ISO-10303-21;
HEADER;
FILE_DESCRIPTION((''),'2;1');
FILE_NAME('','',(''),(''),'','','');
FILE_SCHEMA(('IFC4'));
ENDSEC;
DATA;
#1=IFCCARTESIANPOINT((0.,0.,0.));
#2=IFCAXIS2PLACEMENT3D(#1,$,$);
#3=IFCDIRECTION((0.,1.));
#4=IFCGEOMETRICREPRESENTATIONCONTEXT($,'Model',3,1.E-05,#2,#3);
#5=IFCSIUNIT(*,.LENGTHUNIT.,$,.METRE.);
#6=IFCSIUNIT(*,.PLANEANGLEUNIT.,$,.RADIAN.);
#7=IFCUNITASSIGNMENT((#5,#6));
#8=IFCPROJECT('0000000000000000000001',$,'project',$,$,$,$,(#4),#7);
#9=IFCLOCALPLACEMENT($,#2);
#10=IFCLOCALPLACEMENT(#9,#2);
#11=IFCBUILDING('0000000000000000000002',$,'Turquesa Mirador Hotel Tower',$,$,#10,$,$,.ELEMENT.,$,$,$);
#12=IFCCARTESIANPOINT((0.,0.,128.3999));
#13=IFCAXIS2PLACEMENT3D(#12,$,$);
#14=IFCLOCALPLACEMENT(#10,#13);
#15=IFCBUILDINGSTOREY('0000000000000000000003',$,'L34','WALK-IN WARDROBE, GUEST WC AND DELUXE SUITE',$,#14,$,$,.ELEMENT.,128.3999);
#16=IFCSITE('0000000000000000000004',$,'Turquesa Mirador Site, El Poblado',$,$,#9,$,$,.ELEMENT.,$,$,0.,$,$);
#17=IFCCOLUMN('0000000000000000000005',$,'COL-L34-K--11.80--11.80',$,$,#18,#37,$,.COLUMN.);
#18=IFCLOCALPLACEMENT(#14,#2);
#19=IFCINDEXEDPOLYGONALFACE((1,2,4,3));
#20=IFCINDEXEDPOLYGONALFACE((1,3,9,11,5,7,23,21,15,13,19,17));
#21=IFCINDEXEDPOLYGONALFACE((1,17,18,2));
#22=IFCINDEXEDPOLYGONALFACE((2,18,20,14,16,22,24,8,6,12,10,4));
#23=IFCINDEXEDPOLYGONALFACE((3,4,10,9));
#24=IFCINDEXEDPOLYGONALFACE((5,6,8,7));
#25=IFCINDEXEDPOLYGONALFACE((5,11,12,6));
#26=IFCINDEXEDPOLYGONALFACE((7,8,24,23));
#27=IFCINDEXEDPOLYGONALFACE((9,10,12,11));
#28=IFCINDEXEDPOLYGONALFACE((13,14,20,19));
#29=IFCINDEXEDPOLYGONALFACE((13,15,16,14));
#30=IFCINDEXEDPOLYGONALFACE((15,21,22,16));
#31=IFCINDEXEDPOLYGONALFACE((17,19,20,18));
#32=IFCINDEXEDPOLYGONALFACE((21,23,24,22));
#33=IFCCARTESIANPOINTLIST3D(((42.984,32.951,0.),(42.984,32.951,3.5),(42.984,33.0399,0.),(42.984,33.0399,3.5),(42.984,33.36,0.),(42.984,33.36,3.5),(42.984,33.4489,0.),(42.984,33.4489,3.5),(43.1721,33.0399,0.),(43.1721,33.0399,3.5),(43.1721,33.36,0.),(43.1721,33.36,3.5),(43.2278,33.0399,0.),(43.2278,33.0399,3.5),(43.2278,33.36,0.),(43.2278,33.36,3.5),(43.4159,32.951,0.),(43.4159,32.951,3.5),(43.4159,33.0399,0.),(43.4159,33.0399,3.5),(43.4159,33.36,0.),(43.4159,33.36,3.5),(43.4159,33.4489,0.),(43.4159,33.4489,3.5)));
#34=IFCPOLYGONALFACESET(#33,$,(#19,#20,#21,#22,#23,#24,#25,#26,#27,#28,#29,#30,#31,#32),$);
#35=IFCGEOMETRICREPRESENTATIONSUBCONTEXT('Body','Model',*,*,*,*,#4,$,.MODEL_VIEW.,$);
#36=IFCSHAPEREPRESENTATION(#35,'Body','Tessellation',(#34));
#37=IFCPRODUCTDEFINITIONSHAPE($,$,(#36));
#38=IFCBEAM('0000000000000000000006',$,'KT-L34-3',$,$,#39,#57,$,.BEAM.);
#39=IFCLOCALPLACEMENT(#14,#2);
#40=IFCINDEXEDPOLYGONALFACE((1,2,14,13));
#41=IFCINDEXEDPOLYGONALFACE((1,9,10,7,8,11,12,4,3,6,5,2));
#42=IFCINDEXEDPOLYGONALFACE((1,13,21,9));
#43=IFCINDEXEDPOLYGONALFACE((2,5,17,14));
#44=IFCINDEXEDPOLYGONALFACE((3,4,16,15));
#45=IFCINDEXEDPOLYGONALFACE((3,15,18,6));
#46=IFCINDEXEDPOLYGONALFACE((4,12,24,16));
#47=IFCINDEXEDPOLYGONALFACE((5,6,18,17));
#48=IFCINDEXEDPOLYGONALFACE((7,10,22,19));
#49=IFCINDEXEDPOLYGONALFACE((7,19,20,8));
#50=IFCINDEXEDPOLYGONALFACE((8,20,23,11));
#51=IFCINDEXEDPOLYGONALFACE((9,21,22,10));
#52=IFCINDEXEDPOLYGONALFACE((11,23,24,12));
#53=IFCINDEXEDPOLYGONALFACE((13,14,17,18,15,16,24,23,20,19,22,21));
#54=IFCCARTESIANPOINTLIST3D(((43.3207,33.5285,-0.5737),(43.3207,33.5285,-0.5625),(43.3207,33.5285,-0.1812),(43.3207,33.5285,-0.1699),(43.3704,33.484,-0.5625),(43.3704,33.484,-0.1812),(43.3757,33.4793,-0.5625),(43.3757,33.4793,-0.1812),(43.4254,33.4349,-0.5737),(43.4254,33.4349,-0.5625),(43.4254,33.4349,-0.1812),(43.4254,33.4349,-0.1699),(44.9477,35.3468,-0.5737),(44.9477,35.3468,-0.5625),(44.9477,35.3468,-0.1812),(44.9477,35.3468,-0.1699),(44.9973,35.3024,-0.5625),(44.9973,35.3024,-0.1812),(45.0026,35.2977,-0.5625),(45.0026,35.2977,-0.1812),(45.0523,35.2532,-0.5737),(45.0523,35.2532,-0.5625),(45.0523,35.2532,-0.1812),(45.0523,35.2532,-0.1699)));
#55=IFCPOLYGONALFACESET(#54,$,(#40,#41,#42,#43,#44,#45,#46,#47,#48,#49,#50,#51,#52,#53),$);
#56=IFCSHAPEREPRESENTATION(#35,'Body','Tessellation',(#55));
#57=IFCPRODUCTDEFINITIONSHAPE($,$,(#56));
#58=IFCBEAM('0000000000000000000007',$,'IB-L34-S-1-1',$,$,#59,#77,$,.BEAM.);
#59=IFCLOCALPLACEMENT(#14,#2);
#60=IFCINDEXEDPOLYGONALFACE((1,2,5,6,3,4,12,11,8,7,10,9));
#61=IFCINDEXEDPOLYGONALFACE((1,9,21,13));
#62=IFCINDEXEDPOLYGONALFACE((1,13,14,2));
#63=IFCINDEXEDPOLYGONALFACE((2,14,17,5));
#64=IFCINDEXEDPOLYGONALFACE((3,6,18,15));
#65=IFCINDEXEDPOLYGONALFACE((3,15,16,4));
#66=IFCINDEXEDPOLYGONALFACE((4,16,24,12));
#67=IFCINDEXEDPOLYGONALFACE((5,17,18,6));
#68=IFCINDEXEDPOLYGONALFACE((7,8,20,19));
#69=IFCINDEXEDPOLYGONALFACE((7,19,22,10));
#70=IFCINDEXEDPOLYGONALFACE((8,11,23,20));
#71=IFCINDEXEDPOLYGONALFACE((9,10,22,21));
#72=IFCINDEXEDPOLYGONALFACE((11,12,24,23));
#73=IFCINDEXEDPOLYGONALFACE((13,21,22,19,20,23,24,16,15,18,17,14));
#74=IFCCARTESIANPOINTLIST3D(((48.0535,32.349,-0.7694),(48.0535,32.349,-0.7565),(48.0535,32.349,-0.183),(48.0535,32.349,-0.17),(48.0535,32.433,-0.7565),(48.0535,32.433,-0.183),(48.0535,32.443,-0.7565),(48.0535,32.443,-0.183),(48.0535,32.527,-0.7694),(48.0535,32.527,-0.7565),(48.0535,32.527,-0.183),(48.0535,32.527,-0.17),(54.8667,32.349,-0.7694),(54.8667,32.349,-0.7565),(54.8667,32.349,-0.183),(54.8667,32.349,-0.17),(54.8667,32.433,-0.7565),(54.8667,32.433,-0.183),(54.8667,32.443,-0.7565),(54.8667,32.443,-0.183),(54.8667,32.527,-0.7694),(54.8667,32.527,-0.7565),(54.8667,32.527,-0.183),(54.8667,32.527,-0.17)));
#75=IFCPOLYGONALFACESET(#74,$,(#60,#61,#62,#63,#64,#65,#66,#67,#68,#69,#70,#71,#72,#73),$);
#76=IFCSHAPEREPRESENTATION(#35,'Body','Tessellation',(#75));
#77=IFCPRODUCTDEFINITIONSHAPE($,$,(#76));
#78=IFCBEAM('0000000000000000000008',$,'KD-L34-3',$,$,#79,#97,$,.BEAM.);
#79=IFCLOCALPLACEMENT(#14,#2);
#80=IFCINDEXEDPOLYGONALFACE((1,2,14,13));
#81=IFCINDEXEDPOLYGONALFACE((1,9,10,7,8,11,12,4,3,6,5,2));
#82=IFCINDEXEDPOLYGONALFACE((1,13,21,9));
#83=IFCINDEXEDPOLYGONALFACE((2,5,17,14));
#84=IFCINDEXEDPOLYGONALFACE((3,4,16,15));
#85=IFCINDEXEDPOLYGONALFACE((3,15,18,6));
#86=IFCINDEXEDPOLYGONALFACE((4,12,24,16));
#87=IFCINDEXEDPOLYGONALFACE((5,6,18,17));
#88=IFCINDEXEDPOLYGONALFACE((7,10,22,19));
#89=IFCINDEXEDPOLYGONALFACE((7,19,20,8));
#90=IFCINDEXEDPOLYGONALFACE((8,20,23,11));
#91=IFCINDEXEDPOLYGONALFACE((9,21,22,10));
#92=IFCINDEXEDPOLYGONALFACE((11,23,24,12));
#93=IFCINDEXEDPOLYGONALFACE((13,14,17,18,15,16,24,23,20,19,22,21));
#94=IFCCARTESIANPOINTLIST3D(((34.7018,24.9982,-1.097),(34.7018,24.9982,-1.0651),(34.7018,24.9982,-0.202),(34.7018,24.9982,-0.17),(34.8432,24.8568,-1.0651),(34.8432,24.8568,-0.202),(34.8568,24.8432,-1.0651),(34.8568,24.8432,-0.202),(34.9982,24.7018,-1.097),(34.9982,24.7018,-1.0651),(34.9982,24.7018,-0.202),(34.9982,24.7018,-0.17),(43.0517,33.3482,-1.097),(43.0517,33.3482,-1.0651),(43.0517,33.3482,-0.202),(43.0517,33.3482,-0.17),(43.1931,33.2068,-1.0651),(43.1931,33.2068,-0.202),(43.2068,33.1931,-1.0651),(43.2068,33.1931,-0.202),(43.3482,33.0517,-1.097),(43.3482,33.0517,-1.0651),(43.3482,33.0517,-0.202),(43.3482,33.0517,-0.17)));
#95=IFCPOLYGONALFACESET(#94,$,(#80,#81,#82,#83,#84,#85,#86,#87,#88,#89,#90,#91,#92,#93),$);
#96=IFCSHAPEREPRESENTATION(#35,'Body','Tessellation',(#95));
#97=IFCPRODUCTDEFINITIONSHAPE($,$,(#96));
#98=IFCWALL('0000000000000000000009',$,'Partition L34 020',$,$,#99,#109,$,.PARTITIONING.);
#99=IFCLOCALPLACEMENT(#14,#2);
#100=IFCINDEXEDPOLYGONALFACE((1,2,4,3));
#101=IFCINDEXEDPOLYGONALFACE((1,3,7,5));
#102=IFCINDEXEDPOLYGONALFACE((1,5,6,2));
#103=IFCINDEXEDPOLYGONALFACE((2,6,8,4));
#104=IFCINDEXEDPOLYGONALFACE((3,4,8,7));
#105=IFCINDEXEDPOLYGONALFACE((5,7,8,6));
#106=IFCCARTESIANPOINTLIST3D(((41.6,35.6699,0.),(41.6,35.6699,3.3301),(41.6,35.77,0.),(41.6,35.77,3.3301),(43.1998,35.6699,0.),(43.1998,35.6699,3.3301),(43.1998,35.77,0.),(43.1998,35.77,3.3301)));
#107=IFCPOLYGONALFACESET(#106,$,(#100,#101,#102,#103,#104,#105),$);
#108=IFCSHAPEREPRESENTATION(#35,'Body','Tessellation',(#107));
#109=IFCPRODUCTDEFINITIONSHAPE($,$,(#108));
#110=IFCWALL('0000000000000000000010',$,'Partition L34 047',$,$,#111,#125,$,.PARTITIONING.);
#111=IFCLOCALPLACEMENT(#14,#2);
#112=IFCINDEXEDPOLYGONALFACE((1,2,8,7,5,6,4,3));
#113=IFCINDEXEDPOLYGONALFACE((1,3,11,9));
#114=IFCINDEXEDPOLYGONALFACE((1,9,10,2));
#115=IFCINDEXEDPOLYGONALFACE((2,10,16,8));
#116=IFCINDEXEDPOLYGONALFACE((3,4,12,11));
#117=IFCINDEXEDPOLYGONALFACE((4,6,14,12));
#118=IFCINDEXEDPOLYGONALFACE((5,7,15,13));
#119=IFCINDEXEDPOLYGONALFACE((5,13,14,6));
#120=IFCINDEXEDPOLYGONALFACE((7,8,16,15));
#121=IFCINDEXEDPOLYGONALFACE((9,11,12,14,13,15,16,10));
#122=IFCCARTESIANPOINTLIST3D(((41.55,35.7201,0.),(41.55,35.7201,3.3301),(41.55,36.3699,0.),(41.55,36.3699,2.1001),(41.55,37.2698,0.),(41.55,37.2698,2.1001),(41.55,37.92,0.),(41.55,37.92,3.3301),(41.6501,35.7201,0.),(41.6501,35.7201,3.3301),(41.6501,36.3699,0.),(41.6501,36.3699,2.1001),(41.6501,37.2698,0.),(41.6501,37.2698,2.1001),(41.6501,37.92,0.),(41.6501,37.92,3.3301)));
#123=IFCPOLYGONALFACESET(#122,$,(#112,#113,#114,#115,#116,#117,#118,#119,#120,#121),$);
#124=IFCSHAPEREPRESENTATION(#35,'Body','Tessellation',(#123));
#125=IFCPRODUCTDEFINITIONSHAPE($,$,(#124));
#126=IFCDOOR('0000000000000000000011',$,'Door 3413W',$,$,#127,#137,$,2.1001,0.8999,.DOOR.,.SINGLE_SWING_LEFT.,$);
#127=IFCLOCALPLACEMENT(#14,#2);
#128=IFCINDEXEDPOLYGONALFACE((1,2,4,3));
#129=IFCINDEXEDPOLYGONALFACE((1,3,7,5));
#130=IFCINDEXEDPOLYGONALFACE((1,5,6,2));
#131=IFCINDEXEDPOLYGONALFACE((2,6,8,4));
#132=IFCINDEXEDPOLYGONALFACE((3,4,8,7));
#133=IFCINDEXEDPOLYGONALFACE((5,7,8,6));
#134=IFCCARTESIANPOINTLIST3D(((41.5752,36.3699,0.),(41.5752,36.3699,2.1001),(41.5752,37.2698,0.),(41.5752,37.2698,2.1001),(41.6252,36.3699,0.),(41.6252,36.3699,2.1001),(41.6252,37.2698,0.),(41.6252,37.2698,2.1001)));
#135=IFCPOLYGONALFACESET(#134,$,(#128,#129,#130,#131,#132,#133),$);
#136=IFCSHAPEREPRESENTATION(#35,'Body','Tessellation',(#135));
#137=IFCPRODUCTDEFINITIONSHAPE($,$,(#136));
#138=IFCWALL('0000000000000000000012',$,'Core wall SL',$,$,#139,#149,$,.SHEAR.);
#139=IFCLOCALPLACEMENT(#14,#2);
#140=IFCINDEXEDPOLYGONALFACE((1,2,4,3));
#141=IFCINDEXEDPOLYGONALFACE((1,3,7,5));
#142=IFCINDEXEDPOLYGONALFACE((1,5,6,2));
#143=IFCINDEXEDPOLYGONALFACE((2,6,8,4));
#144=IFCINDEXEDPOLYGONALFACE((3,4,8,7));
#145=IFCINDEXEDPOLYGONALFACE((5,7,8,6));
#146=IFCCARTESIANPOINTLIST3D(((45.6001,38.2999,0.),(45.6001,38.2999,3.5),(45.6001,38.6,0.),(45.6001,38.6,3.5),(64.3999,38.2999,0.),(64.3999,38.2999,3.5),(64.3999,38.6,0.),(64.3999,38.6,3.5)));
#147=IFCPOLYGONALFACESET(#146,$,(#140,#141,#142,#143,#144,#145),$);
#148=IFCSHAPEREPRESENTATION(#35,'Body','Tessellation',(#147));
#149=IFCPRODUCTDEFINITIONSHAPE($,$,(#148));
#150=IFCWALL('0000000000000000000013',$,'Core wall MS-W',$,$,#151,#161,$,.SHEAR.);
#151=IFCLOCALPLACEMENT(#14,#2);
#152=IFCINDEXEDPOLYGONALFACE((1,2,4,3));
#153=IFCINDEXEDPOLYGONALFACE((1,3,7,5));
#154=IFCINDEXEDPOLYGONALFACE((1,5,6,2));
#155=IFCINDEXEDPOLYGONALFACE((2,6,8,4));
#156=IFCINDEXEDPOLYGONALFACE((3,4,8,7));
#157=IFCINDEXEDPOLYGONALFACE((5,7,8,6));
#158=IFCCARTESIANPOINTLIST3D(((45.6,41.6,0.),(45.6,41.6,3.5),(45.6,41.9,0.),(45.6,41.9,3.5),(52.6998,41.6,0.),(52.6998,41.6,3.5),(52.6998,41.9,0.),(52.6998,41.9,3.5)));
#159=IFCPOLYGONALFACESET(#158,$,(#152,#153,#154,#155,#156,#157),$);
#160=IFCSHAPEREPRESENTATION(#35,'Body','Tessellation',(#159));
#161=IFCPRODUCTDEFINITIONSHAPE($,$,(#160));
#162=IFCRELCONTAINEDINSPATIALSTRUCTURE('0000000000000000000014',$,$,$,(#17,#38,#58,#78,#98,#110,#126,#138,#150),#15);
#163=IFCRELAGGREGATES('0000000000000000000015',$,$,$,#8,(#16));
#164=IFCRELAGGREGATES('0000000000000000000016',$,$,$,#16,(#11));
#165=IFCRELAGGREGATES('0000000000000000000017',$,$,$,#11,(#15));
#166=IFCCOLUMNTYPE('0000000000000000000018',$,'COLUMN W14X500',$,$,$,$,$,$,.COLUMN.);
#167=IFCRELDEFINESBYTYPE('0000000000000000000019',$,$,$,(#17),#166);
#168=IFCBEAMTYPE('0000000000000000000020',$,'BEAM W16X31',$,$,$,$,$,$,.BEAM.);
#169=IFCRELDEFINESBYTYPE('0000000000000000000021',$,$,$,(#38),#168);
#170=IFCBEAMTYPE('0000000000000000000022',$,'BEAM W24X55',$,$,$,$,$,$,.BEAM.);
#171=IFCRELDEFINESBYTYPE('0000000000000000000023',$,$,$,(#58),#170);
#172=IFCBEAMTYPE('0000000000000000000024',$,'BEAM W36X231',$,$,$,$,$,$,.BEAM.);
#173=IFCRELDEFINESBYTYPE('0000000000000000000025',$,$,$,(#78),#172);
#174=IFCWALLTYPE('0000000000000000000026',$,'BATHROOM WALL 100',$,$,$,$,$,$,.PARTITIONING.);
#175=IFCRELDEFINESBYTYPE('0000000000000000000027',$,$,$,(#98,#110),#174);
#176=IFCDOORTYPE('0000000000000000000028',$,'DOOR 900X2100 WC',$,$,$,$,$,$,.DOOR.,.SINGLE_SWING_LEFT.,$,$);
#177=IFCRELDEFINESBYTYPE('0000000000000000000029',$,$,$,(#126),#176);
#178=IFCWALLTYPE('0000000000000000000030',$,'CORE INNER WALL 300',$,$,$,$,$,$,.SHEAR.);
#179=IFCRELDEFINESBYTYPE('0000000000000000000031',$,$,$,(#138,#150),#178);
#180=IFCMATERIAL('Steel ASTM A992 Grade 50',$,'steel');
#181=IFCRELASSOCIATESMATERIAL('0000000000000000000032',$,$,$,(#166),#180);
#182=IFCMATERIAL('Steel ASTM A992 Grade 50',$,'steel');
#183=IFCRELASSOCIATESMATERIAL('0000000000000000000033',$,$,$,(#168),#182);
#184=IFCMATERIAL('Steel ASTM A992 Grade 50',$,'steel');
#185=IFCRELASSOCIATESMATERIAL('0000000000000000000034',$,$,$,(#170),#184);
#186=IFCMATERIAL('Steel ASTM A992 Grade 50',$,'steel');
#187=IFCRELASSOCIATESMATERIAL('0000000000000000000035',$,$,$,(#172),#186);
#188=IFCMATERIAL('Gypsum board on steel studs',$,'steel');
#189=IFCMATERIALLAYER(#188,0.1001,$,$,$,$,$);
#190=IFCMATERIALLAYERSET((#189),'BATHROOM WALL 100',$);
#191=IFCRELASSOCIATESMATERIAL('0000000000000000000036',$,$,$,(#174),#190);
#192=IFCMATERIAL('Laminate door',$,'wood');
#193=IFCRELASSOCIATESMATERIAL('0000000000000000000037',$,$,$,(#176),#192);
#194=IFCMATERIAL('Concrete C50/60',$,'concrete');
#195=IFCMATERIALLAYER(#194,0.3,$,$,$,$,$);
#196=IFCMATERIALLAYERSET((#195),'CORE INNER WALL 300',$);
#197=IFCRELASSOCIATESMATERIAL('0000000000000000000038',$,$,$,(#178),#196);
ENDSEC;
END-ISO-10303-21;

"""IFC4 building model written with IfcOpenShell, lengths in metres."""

from ifc_helpers import new_model, si_unit, direction, frame, frame_2d, origin, origin_2d, place, context, subcontext, project, spatial, rectangle, i_section, extrude, material, layer, layer_set, material_profile, profile_set, type_object, element, fill, save


model = new_model("IFC4")

# Units and contexts
model_context = context("Model", 3, precision=1e-05, world=origin(), true_north=direction((0.0, 1.0)))
body_context = subcontext(model_context, "Body", "Model", "MODEL_VIEW")
ifc_project = project(units=[si_unit("LENGTHUNIT", "METRE"), si_unit("PLANEANGLEUNIT", "RADIAN")], contexts=[model_context])

# Site, building, storey
site_placement = place(None, origin())
site = spatial("IfcSite", under=ifc_project, at=site_placement, Name="Turquesa Mirador Site, El Poblado", CompositionType="ELEMENT", RefElevation=0.0)
building_placement = place(site_placement, origin())
building = spatial("IfcBuilding", under=site, at=building_placement, Name="Turquesa Mirador Hotel Tower", CompositionType="ELEMENT")
storey_placement = place(building_placement, frame((0.0, 0.0, 128.3999)))
storey = spatial("IfcBuildingStorey", under=building, at=storey_placement, Name="L34", Description="WALK-IN WARDROBE, GUEST WC AND DELUXE SUITE", CompositionType="ELEMENT", Elevation=128.3999)

# Column
ifc_material_1 = material(Name="Steel ASTM A992 Grade 50", Category="steel")
ifc_material_profile_1 = material_profile(ifc_material_1, i_section(OverallWidth=0.4319, OverallDepth=0.4978, WebThickness=0.0557, FlangeThickness=0.0889, at=origin_2d()), Name="W14X500")
ifc_profile_set_1 = profile_set([ifc_material_profile_1], Name="Steel ASTM A992 Grade 50")
column_type = type_object("IfcColumnType", Name="COLUMN W14X500", PredefinedType="COLUMN", material=ifc_profile_set_1)
column_placement = place(storey_placement, frame((43.2, 33.2, 0.0), z_axis=(0.0, 0.0, 1.0), x_axis=(1.0, 0.0, 0.0)))
element("IfcColumn", 1, at=column_placement, inside=storey, type_object=column_type, Name="COL-L34-K--11.80--11.80", PredefinedType="COLUMN", context=body_context, shape_type="SweptSolid", body=[
    extrude(i_section(OverallWidth=0.4319, OverallDepth=0.4978, WebThickness=0.0557, FlangeThickness=0.0889, at=origin_2d()), origin(), (0.0, 0.0, 1.0), 3.5),
])

# Beams
ifc_material_2 = material(Name="Steel ASTM A992 Grade 50", Category="steel")
ifc_material_profile_2 = material_profile(ifc_material_2, i_section(OverallWidth=0.1404, OverallDepth=0.4038, WebThickness=0.0071, FlangeThickness=0.0112, at=origin_2d()), Name="W16X31")
ifc_profile_set_2 = profile_set([ifc_material_profile_2], Name="Steel ASTM A992 Grade 50")
beam_type_1 = type_object("IfcBeamType", Name="BEAM W16X31", PredefinedType="BEAM", material=ifc_profile_set_2)
beam_1_placement = place(storey_placement, frame((43.373, 33.4817, -0.3718), z_axis=(0.666795, 0.745241, 0.0), x_axis=(-0.745241, 0.666795, 0.0)))
element("IfcBeam", 2, at=beam_1_placement, inside=storey, type_object=beam_type_1, Name="KT-L34-3", PredefinedType="BEAM", context=body_context, shape_type="SweptSolid", body=[
    extrude(i_section(OverallWidth=0.1404, OverallDepth=0.4038, WebThickness=0.0071, FlangeThickness=0.0112, at=origin_2d()), origin(), (0.0, 0.0, 1.0), 2.4399),
])
ifc_material_3 = material(Name="Steel ASTM A992 Grade 50", Category="steel")
ifc_material_profile_3 = material_profile(ifc_material_3, i_section(OverallWidth=0.178, OverallDepth=0.5994, WebThickness=0.01, FlangeThickness=0.0129, at=origin_2d()), Name="W24X55")
ifc_profile_set_3 = profile_set([ifc_material_profile_3], Name="Steel ASTM A992 Grade 50")
beam_type_2 = type_object("IfcBeamType", Name="BEAM W24X55", PredefinedType="BEAM", material=ifc_profile_set_3)
beam_2_placement = place(storey_placement, frame((48.0535, 32.438, -0.4697), z_axis=(1.0, 0.0, 0.0), x_axis=(0.0, 1.0, 0.0)))
element("IfcBeam", 3, at=beam_2_placement, inside=storey, type_object=beam_type_2, Name="IB-L34-S-1-1", PredefinedType="BEAM", context=body_context, shape_type="SweptSolid", body=[
    extrude(i_section(OverallWidth=0.178, OverallDepth=0.5994, WebThickness=0.01, FlangeThickness=0.0129, at=origin_2d()), origin(), (0.0, 0.0, 1.0), 6.8132),
])
ifc_material_4 = material(Name="Steel ASTM A992 Grade 50", Category="steel")
ifc_material_profile_4 = material_profile(ifc_material_4, i_section(OverallWidth=0.4192, OverallDepth=0.927, WebThickness=0.0193, FlangeThickness=0.032, at=origin_2d()), Name="W36X231")
ifc_profile_set_4 = profile_set([ifc_material_profile_4], Name="Steel ASTM A992 Grade 50")
beam_type_3 = type_object("IfcBeamType", Name="BEAM W36X231", PredefinedType="BEAM", material=ifc_profile_set_4)
beam_3_placement = place(storey_placement, frame((43.2, 33.2, -0.6335), z_axis=(-0.707107, -0.707107, 0.0), x_axis=(0.707107, -0.707107, 0.0)))
element("IfcBeam", 4, at=beam_3_placement, inside=storey, type_object=beam_type_3, Name="KD-L34-3", PredefinedType="BEAM", context=body_context, shape_type="SweptSolid", body=[
    extrude(i_section(OverallWidth=0.4192, OverallDepth=0.927, WebThickness=0.0193, FlangeThickness=0.032, at=origin_2d()), origin(), (0.0, 0.0, 1.0), 11.8086),
])

# Wall
ifc_material_5 = material(Name="Gypsum board on steel studs", Category="steel")
ifc_layer_1 = layer(ifc_material_5, 0.1001)
ifc_layer_set_1 = layer_set([ifc_layer_1], Name="BATHROOM WALL 100")
wall_type_1 = type_object("IfcWallType", Name="BATHROOM WALL 100", PredefinedType="PARTITIONING", material=ifc_layer_set_1)
wall_1_placement = place(storey_placement, frame((41.6001, 35.72, 0.0), z_axis=(0.0, 0.0, 1.0), x_axis=(1.0, 0.0, 0.0)))
element("IfcWall", 5, at=wall_1_placement, inside=storey, type_object=wall_type_1, Name="Partition L34 020", PredefinedType="PARTITIONING", context=body_context, shape_type="SweptSolid", body=[
    extrude(rectangle(XDim=1.5999, YDim=0.1001, at=frame_2d((0.7998, 0.0))), origin(), (0.0, 0.0, 1.0), 3.3301),
])

# Wall, opening, door
wall_2_placement = place(storey_placement, frame((41.6001, 35.72, 0.0), z_axis=(0.0, 0.0, 1.0), x_axis=(0.0, 1.0, 0.0)))
wall_2 = element("IfcWall", 6, at=wall_2_placement, inside=storey, type_object=wall_type_1, Name="Partition L34 047", PredefinedType="PARTITIONING", context=body_context, shape_type="SweptSolid", body=[
    extrude(rectangle(XDim=2.2, YDim=0.1001, at=frame_2d((1.1001, 0.0))), origin(), (0.0, 0.0, 1.0), 3.3301),
])
opening_1_placement = place(wall_2_placement, frame((0.6499, 0.0, 0.0)))
opening_1 = element("IfcOpeningElement", 7, at=opening_1_placement, cuts=wall_2, PredefinedType="OPENING", context=body_context, shape_type="SweptSolid", body=[
    extrude(rectangle(XDim=0.8999, YDim=2.1001, at=frame_2d((0.45, 1.05))), frame((0.0, 0.0601, 0.0), z_axis=(0.0, -1.0, 0.0), x_axis=(1.0, 0.0, 0.0)), (0.0, 0.0, 1.0), 0.1201),
])
ifc_material_6 = material(Name="Laminate door", Category="wood")
door_type_1 = type_object("IfcDoorType", Name="DOOR 900X2100 WC", OperationType="SINGLE_SWING_LEFT", PredefinedType="DOOR", material=ifc_material_6)
door_1_placement = place(opening_1_placement, origin())
door_1 = element("IfcDoor", 8, at=door_1_placement, inside=storey, type_object=door_type_1, Name="Door 3413W", OperationType="SINGLE_SWING_LEFT", OverallHeight=2.1001, OverallWidth=0.8999, PredefinedType="DOOR", context=body_context, shape_type="SweptSolid", body=[
    extrude(rectangle(XDim=0.8999, YDim=2.1001, at=frame_2d((0.45, 1.05))), frame((0.0, 0.0249, 0.0), z_axis=(0.0, -1.0, 0.0), x_axis=(1.0, 0.0, 0.0)), (0.0, 0.0, 1.0), 0.05),
])
fill(opening_1, door_1)

# Walls
ifc_material_7 = material(Name="Concrete C50/60", Category="concrete")
ifc_layer_2 = layer(ifc_material_7, 0.3)
ifc_layer_set_2 = layer_set([ifc_layer_2], Name="CORE INNER WALL 300")
wall_type_2 = type_object("IfcWallType", Name="CORE INNER WALL 300", PredefinedType="SHEAR", material=ifc_layer_set_2)
wall_3_placement = place(storey_placement, frame((45.6001, 38.45, 0.0), z_axis=(0.0, 0.0, 1.0), x_axis=(1.0, 0.0, 0.0)))
element("IfcWall", 9, at=wall_3_placement, inside=storey, type_object=wall_type_2, Name="Core wall SL", PredefinedType="SHEAR", context=body_context, shape_type="SweptSolid", body=[
    extrude(rectangle(XDim=18.7998, YDim=0.3, at=frame_2d((9.3999, 0.0))), origin(), (0.0, 0.0, 1.0), 3.5),
])
wall_4_placement = place(storey_placement, frame((45.6001, 41.75, 0.0), z_axis=(0.0, 0.0, 1.0), x_axis=(1.0, 0.0, 0.0)))
element("IfcWall", 10, at=wall_4_placement, inside=storey, type_object=wall_type_2, Name="Core wall MS-W", PredefinedType="SHEAR", context=body_context, shape_type="SweptSolid", body=[
    extrude(rectangle(XDim=7.0999, YDim=0.3, at=frame_2d((3.5498, 0.0))), origin(), (0.0, 0.0, 1.0), 3.5),
])

save(model, "model.ifc")
